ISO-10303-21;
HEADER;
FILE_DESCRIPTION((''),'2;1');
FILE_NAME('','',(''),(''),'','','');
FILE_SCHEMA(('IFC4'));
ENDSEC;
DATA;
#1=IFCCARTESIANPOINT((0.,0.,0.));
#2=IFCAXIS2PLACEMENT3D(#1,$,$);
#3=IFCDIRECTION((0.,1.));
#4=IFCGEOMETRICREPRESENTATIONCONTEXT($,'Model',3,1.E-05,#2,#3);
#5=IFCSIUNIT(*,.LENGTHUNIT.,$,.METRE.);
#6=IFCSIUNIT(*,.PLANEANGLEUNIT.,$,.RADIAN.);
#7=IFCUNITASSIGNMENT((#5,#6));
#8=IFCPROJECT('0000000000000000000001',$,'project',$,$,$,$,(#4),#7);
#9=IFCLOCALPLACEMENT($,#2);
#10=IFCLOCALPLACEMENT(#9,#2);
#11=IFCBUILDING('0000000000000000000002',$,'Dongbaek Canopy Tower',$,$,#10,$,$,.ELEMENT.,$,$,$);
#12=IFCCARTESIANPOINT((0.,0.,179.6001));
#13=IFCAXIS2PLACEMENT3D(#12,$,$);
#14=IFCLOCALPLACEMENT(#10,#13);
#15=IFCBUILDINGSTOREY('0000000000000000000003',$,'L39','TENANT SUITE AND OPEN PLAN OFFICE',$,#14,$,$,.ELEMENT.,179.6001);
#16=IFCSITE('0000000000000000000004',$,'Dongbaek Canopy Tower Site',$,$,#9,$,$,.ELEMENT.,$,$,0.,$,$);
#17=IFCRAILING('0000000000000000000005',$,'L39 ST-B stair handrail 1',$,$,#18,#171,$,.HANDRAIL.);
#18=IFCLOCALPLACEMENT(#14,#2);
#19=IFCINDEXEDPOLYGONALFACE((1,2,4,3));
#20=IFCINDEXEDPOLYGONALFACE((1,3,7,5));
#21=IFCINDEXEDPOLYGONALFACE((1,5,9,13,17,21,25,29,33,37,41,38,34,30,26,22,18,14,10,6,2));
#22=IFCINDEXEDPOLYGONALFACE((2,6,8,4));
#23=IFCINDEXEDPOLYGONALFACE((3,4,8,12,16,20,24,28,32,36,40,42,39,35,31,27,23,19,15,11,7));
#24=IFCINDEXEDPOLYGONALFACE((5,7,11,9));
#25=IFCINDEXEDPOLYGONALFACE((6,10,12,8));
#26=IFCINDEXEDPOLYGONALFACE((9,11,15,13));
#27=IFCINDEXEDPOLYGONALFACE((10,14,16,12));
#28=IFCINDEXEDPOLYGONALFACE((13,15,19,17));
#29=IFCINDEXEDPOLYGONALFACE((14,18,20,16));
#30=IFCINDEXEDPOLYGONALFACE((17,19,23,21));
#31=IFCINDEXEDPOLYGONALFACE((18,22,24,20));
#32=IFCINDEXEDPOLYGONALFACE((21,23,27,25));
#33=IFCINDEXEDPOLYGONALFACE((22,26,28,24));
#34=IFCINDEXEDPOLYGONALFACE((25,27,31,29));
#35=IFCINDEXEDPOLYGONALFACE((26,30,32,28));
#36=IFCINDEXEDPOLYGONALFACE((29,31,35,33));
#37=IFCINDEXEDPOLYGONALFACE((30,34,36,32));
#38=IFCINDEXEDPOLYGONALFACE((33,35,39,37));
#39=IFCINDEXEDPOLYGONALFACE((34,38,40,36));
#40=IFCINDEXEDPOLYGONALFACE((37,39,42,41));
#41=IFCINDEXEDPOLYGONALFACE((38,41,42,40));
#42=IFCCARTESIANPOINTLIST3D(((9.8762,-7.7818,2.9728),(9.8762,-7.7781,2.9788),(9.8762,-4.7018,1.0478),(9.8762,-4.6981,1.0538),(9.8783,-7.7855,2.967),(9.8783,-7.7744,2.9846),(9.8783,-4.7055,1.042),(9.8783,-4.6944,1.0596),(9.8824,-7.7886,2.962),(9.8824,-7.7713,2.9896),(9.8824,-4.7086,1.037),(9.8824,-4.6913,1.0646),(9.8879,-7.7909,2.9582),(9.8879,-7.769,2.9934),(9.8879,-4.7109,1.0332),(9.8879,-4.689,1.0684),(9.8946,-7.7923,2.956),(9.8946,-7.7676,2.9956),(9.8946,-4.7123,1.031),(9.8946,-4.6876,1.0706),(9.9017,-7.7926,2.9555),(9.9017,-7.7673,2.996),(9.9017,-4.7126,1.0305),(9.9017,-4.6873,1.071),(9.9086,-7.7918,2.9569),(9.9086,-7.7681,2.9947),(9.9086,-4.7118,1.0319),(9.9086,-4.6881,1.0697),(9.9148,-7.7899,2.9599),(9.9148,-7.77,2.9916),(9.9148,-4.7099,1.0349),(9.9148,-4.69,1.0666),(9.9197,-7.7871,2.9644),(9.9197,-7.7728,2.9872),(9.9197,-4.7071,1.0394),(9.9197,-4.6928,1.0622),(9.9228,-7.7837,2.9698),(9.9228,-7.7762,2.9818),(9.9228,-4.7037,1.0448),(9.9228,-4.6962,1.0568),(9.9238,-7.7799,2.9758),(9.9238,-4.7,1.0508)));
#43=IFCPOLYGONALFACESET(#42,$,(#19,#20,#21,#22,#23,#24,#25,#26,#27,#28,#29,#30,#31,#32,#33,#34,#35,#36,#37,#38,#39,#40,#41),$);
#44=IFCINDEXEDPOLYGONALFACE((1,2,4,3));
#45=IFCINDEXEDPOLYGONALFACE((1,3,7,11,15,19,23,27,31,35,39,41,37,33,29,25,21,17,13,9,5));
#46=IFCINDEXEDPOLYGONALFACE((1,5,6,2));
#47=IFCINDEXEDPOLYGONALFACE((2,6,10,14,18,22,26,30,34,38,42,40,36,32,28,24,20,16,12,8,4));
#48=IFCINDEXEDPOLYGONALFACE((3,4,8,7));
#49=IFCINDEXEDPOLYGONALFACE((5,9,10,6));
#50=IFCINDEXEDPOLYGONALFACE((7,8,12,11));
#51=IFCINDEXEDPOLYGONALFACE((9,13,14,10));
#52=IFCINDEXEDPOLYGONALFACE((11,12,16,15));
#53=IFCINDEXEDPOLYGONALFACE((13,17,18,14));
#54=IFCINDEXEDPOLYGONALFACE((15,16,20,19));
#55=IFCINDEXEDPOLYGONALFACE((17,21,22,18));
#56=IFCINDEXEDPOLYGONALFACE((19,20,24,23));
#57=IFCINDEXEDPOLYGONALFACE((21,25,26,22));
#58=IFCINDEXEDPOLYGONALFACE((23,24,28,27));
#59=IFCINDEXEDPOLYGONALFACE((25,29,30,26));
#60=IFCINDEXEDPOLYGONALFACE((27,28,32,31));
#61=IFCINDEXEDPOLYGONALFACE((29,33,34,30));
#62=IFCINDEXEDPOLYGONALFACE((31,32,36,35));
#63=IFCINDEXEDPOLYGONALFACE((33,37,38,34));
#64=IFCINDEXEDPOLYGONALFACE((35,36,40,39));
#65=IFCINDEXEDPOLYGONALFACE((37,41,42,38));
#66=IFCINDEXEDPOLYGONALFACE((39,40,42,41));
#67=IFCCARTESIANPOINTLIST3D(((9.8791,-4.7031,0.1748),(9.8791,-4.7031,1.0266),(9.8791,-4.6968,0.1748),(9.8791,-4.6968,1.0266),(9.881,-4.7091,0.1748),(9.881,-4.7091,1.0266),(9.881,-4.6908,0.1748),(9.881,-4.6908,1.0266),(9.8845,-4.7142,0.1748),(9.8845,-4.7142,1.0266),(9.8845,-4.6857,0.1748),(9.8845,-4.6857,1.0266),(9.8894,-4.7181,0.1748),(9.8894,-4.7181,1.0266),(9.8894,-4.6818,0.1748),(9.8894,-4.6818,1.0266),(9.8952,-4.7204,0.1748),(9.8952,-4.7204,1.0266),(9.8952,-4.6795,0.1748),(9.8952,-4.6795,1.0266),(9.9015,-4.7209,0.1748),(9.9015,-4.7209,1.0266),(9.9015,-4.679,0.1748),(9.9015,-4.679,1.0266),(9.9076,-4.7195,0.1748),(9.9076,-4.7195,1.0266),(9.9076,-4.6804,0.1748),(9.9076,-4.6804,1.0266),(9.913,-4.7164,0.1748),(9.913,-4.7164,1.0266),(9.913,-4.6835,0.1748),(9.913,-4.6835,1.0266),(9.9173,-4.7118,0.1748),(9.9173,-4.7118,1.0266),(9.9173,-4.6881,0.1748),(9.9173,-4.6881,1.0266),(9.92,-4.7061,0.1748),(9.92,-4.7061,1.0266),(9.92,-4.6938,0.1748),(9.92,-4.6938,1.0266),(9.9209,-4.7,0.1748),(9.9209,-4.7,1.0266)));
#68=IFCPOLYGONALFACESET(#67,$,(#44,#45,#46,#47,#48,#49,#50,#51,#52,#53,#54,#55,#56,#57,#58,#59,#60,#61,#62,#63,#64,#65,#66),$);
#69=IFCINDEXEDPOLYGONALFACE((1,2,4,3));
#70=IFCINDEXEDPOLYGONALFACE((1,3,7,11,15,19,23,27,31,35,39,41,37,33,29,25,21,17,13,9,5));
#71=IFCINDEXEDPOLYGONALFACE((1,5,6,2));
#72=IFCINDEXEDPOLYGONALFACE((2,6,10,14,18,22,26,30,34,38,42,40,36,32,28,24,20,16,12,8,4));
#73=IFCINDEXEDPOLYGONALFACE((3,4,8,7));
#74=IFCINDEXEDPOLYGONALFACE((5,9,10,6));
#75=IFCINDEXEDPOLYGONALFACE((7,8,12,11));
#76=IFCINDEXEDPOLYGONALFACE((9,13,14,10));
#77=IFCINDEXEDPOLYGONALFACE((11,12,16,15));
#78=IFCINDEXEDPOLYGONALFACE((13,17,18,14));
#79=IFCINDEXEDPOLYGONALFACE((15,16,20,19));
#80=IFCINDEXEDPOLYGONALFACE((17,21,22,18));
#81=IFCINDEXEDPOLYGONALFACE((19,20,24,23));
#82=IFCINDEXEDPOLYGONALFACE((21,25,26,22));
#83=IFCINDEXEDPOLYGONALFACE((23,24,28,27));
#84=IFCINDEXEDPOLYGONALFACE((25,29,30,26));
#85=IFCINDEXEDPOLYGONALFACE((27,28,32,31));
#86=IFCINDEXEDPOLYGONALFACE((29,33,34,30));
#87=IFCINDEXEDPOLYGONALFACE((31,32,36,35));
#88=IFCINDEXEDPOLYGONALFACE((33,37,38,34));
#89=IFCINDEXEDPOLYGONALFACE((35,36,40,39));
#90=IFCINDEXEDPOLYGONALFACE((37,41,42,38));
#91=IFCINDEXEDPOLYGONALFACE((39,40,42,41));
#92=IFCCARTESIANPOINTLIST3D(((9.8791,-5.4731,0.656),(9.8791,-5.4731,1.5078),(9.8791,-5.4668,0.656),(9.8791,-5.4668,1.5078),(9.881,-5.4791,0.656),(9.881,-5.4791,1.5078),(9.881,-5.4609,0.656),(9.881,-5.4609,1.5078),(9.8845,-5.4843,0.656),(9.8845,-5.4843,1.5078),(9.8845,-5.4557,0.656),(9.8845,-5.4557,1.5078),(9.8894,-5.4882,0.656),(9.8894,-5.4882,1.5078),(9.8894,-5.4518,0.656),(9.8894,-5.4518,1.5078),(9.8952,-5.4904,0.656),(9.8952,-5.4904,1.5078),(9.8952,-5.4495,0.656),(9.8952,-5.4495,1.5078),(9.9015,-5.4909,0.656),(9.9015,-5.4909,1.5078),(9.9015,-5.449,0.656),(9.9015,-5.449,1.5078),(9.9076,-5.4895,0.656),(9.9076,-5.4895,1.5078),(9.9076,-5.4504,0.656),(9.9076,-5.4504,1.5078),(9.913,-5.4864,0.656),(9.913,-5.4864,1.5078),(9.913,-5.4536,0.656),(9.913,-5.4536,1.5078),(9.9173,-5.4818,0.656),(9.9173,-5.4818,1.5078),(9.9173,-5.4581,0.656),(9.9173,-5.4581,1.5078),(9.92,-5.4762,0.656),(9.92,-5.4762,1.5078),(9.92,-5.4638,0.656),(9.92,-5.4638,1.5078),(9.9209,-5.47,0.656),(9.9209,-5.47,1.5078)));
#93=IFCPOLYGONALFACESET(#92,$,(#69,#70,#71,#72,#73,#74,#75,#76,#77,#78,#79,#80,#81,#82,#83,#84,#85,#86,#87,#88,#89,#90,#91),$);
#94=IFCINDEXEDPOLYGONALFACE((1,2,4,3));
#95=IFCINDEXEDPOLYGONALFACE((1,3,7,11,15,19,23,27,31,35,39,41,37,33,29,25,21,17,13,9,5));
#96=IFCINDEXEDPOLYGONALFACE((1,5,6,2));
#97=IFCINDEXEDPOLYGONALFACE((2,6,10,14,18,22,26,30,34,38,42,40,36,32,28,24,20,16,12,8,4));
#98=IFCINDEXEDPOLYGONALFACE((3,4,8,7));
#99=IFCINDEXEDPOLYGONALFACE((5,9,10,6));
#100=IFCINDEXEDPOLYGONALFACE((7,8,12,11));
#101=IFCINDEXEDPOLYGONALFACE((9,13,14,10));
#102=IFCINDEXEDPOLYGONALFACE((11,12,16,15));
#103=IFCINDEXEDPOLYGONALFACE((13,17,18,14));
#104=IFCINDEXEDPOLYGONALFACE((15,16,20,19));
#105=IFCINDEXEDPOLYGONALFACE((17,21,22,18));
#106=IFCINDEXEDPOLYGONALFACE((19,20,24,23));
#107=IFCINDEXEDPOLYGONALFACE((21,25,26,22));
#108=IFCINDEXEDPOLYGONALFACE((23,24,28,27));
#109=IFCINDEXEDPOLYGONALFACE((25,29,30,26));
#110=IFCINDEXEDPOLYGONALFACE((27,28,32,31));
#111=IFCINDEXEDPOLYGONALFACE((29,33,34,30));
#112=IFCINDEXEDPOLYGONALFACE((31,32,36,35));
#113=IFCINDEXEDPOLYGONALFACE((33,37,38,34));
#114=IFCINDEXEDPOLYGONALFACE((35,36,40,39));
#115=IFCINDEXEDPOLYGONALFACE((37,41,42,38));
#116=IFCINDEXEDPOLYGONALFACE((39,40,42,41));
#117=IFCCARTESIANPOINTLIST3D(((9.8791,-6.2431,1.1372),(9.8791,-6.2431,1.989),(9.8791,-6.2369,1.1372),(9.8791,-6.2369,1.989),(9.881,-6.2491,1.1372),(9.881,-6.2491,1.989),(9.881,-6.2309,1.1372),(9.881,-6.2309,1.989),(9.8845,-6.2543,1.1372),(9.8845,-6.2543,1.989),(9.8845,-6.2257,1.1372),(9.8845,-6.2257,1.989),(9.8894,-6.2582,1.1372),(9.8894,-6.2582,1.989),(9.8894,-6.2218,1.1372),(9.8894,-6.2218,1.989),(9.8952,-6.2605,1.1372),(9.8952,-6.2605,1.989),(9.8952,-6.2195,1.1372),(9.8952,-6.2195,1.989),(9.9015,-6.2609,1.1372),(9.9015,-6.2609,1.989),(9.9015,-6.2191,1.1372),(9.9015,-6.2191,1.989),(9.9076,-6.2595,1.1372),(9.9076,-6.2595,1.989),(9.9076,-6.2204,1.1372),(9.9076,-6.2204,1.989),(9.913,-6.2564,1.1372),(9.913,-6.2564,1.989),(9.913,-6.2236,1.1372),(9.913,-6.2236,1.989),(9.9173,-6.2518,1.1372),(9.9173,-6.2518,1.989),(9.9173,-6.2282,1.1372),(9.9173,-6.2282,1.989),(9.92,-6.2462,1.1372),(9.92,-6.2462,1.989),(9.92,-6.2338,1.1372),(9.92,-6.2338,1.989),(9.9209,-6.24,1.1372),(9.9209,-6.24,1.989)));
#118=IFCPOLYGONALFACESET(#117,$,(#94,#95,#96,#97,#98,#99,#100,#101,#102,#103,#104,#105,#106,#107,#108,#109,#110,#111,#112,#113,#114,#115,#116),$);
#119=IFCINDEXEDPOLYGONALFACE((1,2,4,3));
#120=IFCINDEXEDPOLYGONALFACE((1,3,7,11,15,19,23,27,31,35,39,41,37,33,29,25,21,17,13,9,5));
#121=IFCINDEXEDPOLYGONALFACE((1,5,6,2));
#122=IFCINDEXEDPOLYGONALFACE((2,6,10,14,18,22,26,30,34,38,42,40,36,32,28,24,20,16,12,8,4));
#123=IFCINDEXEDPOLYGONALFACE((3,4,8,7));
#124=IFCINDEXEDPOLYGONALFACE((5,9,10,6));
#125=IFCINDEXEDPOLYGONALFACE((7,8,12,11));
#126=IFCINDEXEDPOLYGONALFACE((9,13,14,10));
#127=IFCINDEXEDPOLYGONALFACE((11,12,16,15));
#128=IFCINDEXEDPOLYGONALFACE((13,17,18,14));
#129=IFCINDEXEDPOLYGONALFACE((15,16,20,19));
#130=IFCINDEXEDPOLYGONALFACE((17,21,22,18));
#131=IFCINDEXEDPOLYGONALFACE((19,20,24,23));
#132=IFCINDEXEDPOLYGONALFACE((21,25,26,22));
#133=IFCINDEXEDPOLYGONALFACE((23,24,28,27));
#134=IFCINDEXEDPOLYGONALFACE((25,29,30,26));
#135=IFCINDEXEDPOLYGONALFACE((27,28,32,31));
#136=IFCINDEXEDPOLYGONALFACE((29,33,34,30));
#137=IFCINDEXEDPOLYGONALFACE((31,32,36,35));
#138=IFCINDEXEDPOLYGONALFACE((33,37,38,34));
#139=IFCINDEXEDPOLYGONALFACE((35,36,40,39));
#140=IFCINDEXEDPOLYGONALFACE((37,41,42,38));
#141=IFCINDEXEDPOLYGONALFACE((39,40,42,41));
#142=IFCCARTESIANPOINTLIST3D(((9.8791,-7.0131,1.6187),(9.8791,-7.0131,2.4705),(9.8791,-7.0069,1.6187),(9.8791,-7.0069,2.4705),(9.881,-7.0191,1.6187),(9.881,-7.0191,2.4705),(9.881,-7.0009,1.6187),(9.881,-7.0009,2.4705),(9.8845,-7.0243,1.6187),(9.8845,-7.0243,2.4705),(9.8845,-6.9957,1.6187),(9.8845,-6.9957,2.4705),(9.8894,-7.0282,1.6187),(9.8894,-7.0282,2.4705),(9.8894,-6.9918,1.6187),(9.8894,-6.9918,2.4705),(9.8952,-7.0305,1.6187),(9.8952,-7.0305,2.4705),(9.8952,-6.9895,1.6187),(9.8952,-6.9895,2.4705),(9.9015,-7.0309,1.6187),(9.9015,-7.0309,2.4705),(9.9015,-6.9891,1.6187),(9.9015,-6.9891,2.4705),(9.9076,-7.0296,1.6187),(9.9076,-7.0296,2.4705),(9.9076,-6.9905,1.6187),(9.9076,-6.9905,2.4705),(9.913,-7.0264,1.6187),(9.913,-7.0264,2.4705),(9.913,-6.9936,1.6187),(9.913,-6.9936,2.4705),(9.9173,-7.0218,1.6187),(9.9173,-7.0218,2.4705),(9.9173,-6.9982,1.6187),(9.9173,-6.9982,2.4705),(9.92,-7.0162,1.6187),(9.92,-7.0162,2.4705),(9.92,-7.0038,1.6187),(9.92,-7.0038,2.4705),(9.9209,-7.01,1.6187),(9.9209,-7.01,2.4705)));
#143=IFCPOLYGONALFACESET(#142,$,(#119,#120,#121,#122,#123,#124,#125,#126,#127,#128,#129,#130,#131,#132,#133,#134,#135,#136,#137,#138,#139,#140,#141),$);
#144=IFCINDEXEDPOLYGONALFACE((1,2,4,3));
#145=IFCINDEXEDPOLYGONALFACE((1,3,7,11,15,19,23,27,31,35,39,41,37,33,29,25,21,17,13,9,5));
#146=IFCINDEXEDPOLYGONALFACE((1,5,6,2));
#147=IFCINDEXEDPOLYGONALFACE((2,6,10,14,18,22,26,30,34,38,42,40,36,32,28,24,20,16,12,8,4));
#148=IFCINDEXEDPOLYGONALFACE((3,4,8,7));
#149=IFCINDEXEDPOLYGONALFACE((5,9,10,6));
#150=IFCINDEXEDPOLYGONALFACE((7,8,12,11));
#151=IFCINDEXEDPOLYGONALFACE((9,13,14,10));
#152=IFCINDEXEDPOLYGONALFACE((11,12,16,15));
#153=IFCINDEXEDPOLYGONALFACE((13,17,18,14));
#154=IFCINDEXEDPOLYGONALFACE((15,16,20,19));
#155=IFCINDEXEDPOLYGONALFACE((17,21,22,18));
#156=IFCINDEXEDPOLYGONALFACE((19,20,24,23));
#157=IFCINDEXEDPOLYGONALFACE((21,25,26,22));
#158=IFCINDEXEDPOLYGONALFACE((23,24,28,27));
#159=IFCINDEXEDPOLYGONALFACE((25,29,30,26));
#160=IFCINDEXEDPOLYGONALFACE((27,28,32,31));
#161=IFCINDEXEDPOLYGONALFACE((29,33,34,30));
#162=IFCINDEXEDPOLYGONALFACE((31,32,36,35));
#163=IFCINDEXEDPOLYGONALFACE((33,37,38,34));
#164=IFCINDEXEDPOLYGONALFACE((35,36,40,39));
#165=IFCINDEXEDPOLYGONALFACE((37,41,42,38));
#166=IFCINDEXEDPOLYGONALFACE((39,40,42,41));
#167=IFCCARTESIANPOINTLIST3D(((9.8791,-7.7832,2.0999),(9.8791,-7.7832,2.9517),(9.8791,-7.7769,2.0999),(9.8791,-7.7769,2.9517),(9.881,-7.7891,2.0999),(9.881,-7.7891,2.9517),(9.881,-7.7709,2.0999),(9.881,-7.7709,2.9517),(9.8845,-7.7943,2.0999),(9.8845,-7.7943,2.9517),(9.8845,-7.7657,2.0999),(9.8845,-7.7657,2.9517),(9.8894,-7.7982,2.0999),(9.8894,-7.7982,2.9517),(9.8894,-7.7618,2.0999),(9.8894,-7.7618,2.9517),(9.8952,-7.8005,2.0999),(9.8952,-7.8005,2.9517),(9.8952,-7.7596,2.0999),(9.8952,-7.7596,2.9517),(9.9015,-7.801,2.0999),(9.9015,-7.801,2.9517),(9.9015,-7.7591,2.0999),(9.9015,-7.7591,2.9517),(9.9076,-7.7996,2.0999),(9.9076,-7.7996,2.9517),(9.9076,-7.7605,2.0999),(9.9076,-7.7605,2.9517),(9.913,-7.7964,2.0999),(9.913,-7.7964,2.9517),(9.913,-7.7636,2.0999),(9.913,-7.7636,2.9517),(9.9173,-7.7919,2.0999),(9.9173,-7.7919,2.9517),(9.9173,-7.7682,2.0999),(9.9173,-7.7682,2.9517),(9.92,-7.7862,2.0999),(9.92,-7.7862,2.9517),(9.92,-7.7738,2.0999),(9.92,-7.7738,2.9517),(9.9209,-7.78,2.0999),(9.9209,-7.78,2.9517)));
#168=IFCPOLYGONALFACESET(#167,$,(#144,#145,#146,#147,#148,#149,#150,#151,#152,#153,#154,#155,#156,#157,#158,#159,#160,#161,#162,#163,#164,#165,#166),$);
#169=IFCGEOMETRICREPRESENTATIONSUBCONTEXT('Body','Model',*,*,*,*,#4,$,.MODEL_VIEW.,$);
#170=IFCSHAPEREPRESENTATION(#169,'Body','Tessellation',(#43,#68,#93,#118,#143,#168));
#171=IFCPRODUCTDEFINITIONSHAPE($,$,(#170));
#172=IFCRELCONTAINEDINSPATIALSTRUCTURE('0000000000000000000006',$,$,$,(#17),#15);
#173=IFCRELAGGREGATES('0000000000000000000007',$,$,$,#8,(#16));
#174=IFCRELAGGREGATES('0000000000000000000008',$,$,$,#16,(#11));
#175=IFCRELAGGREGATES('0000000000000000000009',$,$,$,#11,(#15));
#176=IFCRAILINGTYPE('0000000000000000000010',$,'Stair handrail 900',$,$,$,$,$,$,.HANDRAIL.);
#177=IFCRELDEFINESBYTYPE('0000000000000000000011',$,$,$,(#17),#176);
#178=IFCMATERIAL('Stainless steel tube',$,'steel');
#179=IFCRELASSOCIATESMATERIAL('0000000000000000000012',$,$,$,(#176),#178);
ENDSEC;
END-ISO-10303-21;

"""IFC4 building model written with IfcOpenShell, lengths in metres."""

from ifc_helpers import new_model, si_unit, direction, frame, origin, origin_2d, place, context, subcontext, project, spatial, circle, extrude, material, type_object, element, save


model = new_model("IFC4")

# Units and contexts
model_context = context("Model", 3, precision=1e-05, world=origin(), true_north=direction((0.0, 1.0)))
body_context = subcontext(model_context, "Body", "Model", "MODEL_VIEW")
ifc_project = project(units=[si_unit("LENGTHUNIT", "METRE"), si_unit("PLANEANGLEUNIT", "RADIAN")], contexts=[model_context])

# Site, building, storey
site_placement = place(None, origin())
site = spatial("IfcSite", under=ifc_project, at=site_placement, Name="Dongbaek Canopy Tower Site", CompositionType="ELEMENT", RefElevation=0.0)
building_placement = place(site_placement, origin())
building = spatial("IfcBuilding", under=site, at=building_placement, Name="Dongbaek Canopy Tower", CompositionType="ELEMENT")
storey_placement = place(building_placement, frame((0.0, 0.0, 179.6001)))
storey = spatial("IfcBuildingStorey", under=building, at=storey_placement, Name="L39", Description="TENANT SUITE AND OPEN PLAN OFFICE", CompositionType="ELEMENT", Elevation=179.6001)

# Railing
ifc_material_1 = material(Name="Stainless steel tube", Category="steel")
railing_type_1 = type_object("IfcRailingType", Name="Stair handrail 900", PredefinedType="HANDRAIL", material=ifc_material_1)
railing_1_placement = place(storey_placement, frame((9.8999, -4.7, 0.1748)))
element("IfcRailing", 1, at=railing_1_placement, inside=storey, type_object=railing_type_1, Name="L39 ST-B stair handrail 1", PredefinedType="HANDRAIL", context=body_context, shape_type="SweptSolid", body=[
    extrude(circle(Radius=0.0239, at=origin_2d()), frame((0.0, 0.0, 0.876), z_axis=(0.0, -0.847998, 0.529999), x_axis=(1.0, 0.0, 0.0)), (0.0, 0.0, 1.0), 3.6321),
    extrude(circle(Radius=0.021, at=origin_2d()), origin(), (0.0, 0.0, 1.0), 0.8518),
    extrude(circle(Radius=0.021, at=origin_2d()), frame((0.0, -0.77, 0.4812)), (0.0, 0.0, 1.0), 0.8518),
    extrude(circle(Radius=0.021, at=origin_2d()), frame((0.0, -1.54, 0.9624)), (0.0, 0.0, 1.0), 0.8518),
    extrude(circle(Radius=0.021, at=origin_2d()), frame((0.0, -2.3101, 1.4438)), (0.0, 0.0, 1.0), 0.8518),
    extrude(circle(Radius=0.021, at=origin_2d()), frame((0.0, -3.0801, 1.925)), (0.0, 0.0, 1.0), 0.8518),
])

save(model, "model.ifc")
